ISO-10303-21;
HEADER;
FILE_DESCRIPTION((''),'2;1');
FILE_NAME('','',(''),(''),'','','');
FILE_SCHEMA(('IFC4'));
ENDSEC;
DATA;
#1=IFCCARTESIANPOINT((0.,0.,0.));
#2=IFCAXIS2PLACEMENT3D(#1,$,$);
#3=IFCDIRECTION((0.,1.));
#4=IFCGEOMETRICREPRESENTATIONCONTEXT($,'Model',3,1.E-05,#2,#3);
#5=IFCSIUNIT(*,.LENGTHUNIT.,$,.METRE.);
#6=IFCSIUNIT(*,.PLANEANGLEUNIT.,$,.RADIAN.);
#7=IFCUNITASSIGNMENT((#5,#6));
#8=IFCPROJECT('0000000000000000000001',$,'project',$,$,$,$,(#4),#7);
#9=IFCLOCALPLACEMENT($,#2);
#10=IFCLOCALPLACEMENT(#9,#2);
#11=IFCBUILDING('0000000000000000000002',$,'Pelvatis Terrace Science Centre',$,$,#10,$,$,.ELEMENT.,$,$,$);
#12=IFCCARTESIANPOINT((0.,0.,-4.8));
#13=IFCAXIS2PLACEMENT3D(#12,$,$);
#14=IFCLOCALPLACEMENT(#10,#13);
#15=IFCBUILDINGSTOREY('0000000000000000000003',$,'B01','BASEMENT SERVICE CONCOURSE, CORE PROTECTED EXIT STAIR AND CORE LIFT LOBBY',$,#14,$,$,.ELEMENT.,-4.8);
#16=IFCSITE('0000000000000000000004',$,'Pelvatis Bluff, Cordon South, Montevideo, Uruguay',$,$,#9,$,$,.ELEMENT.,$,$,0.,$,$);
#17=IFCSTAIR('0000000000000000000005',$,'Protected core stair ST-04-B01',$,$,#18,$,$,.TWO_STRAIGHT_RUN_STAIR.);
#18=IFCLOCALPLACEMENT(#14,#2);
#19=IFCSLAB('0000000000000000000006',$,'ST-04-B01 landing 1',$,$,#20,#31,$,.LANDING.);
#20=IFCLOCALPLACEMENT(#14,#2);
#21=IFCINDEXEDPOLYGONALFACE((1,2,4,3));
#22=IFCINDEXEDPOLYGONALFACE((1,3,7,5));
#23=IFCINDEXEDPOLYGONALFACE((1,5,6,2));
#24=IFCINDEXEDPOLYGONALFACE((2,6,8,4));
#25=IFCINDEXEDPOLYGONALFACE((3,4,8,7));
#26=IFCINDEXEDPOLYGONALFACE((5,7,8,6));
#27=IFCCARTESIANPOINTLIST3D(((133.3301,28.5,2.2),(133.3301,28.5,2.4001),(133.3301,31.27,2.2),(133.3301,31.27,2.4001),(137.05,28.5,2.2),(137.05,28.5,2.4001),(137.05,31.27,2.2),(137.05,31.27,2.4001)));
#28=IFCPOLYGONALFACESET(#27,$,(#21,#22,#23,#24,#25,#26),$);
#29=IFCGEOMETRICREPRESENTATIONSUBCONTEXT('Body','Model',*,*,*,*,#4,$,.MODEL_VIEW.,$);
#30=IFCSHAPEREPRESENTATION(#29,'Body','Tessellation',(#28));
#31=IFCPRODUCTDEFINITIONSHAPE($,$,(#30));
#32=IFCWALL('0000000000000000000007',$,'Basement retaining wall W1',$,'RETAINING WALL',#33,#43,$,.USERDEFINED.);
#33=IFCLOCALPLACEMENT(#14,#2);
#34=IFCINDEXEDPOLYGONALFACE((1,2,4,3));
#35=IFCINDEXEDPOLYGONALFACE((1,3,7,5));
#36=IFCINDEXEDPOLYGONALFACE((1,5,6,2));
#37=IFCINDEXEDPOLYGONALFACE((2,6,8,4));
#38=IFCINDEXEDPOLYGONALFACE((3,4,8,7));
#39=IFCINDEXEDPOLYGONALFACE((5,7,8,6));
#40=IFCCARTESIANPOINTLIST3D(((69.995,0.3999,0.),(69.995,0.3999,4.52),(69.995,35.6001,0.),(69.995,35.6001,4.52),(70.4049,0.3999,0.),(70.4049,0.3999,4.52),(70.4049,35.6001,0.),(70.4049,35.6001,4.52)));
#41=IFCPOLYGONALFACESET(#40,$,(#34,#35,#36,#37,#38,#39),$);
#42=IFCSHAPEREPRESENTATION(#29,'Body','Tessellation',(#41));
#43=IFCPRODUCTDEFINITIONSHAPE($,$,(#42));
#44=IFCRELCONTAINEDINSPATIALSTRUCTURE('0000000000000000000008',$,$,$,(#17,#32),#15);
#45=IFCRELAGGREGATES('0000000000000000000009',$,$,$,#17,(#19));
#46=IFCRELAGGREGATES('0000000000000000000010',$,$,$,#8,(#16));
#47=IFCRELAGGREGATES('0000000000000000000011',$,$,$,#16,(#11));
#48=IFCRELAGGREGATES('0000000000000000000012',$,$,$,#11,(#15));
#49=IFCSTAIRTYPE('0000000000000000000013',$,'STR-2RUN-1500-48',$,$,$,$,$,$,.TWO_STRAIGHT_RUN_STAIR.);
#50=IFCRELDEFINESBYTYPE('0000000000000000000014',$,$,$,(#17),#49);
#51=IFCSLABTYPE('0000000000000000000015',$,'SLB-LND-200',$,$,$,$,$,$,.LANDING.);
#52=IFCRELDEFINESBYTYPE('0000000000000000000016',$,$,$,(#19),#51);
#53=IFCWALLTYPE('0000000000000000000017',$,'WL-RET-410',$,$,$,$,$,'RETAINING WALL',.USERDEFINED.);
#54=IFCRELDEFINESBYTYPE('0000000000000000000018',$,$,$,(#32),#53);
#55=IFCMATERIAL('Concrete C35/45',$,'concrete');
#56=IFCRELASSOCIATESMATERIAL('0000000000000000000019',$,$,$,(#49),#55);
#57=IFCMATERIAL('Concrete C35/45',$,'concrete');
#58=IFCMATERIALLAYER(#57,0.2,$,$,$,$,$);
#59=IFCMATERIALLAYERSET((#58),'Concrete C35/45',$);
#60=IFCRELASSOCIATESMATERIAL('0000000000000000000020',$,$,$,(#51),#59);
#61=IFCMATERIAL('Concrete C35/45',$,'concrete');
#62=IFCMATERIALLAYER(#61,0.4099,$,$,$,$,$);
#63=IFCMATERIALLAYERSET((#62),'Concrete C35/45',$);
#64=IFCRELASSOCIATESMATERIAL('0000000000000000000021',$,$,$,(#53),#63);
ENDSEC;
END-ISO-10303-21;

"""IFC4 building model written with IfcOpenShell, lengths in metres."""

from ifc_helpers import new_model, si_unit, direction, frame, frame_2d, origin, place, context, subcontext, project, spatial, polyline, rectangle, outline, extrude, material, layer, layer_set, type_object, element, aggregate, save


model = new_model("IFC4")

# Units and contexts
model_context = context("Model", 3, precision=1e-05, world=origin(), true_north=direction((0.0, 1.0)))
body_context = subcontext(model_context, "Body", "Model", "MODEL_VIEW")
ifc_project = project(units=[si_unit("LENGTHUNIT", "METRE"), si_unit("PLANEANGLEUNIT", "RADIAN")], contexts=[model_context])

# Site, building, storey
site_placement = place(None, origin())
site = spatial("IfcSite", under=ifc_project, at=site_placement, Name="Pelvatis Bluff, Cordon South, Montevideo, Uruguay", CompositionType="ELEMENT", RefElevation=0.0)
building_placement = place(site_placement, origin())
building = spatial("IfcBuilding", under=site, at=building_placement, Name="Pelvatis Terrace Science Centre", CompositionType="ELEMENT")
storey_placement = place(building_placement, frame((0.0, 0.0, -4.8)))
storey = spatial("IfcBuildingStorey", under=building, at=storey_placement, Name="B01", Description="BASEMENT SERVICE CONCOURSE, CORE PROTECTED EXIT STAIR AND CORE LIFT LOBBY", CompositionType="ELEMENT", Elevation=-4.8)

# Stair, slab
ifc_material_1 = material(Name="Concrete C35/45", Category="concrete")
stair_type = type_object("IfcStairType", Name="STR-2RUN-1500-48", PredefinedType="TWO_STRAIGHT_RUN_STAIR", material=ifc_material_1)
ifc_material_2 = material(Name="Concrete C35/45", Category="concrete")
ifc_layer_1 = layer(ifc_material_2, 0.2)
ifc_layer_set_1 = layer_set([ifc_layer_1], Name="Concrete C35/45")
slab_type_1 = type_object("IfcSlabType", Name="SLB-LND-200", PredefinedType="LANDING", material=ifc_layer_set_1)
stair_1_placement = place(storey_placement, origin())
stair_1 = element("IfcStair", 1, at=stair_1_placement, inside=storey, type_object=stair_type, Name="Protected core stair ST-04-B01", PredefinedType="TWO_STRAIGHT_RUN_STAIR")
slab_1_placement = place(storey_placement, frame((0.0, 0.0, 2.2)))
slab_1 = element("IfcSlab", 2, at=slab_1_placement, type_object=slab_type_1, Name="ST-04-B01 landing 1", PredefinedType="LANDING", context=body_context, shape_type="SweptSolid", body=[
    extrude(outline(polyline([(133.3301, 28.5), (137.05, 28.5), (137.05, 31.27), (133.3301, 31.27), (133.3301, 28.5)])), origin(), (0.0, 0.0, 1.0), 0.2002),
])
aggregate(stair_1, [slab_1])

# Wall
ifc_material_3 = material(Name="Concrete C35/45", Category="concrete")
ifc_layer_2 = layer(ifc_material_3, 0.4099)
ifc_layer_set_2 = layer_set([ifc_layer_2], Name="Concrete C35/45")
wall_type = type_object("IfcWallType", Name="WL-RET-410", ElementType="RETAINING WALL", PredefinedType="USERDEFINED", material=ifc_layer_set_2)
wall_placement = place(storey_placement, frame((70.2, 0.3999, 0.0), z_axis=(0.0, 0.0, 1.0), x_axis=(0.0, 1.0, 0.0)))
element("IfcWall", 3, at=wall_placement, inside=storey, type_object=wall_type, Name="Basement retaining wall W1", ObjectType="RETAINING WALL", PredefinedType="USERDEFINED", context=body_context, shape_type="SweptSolid", body=[
    extrude(rectangle(XDim=35.2002, YDim=0.4099, at=frame_2d((17.6001, 0.0))), origin(), (0.0, 0.0, 1.0), 4.52),
])

save(model, "model.ifc")
